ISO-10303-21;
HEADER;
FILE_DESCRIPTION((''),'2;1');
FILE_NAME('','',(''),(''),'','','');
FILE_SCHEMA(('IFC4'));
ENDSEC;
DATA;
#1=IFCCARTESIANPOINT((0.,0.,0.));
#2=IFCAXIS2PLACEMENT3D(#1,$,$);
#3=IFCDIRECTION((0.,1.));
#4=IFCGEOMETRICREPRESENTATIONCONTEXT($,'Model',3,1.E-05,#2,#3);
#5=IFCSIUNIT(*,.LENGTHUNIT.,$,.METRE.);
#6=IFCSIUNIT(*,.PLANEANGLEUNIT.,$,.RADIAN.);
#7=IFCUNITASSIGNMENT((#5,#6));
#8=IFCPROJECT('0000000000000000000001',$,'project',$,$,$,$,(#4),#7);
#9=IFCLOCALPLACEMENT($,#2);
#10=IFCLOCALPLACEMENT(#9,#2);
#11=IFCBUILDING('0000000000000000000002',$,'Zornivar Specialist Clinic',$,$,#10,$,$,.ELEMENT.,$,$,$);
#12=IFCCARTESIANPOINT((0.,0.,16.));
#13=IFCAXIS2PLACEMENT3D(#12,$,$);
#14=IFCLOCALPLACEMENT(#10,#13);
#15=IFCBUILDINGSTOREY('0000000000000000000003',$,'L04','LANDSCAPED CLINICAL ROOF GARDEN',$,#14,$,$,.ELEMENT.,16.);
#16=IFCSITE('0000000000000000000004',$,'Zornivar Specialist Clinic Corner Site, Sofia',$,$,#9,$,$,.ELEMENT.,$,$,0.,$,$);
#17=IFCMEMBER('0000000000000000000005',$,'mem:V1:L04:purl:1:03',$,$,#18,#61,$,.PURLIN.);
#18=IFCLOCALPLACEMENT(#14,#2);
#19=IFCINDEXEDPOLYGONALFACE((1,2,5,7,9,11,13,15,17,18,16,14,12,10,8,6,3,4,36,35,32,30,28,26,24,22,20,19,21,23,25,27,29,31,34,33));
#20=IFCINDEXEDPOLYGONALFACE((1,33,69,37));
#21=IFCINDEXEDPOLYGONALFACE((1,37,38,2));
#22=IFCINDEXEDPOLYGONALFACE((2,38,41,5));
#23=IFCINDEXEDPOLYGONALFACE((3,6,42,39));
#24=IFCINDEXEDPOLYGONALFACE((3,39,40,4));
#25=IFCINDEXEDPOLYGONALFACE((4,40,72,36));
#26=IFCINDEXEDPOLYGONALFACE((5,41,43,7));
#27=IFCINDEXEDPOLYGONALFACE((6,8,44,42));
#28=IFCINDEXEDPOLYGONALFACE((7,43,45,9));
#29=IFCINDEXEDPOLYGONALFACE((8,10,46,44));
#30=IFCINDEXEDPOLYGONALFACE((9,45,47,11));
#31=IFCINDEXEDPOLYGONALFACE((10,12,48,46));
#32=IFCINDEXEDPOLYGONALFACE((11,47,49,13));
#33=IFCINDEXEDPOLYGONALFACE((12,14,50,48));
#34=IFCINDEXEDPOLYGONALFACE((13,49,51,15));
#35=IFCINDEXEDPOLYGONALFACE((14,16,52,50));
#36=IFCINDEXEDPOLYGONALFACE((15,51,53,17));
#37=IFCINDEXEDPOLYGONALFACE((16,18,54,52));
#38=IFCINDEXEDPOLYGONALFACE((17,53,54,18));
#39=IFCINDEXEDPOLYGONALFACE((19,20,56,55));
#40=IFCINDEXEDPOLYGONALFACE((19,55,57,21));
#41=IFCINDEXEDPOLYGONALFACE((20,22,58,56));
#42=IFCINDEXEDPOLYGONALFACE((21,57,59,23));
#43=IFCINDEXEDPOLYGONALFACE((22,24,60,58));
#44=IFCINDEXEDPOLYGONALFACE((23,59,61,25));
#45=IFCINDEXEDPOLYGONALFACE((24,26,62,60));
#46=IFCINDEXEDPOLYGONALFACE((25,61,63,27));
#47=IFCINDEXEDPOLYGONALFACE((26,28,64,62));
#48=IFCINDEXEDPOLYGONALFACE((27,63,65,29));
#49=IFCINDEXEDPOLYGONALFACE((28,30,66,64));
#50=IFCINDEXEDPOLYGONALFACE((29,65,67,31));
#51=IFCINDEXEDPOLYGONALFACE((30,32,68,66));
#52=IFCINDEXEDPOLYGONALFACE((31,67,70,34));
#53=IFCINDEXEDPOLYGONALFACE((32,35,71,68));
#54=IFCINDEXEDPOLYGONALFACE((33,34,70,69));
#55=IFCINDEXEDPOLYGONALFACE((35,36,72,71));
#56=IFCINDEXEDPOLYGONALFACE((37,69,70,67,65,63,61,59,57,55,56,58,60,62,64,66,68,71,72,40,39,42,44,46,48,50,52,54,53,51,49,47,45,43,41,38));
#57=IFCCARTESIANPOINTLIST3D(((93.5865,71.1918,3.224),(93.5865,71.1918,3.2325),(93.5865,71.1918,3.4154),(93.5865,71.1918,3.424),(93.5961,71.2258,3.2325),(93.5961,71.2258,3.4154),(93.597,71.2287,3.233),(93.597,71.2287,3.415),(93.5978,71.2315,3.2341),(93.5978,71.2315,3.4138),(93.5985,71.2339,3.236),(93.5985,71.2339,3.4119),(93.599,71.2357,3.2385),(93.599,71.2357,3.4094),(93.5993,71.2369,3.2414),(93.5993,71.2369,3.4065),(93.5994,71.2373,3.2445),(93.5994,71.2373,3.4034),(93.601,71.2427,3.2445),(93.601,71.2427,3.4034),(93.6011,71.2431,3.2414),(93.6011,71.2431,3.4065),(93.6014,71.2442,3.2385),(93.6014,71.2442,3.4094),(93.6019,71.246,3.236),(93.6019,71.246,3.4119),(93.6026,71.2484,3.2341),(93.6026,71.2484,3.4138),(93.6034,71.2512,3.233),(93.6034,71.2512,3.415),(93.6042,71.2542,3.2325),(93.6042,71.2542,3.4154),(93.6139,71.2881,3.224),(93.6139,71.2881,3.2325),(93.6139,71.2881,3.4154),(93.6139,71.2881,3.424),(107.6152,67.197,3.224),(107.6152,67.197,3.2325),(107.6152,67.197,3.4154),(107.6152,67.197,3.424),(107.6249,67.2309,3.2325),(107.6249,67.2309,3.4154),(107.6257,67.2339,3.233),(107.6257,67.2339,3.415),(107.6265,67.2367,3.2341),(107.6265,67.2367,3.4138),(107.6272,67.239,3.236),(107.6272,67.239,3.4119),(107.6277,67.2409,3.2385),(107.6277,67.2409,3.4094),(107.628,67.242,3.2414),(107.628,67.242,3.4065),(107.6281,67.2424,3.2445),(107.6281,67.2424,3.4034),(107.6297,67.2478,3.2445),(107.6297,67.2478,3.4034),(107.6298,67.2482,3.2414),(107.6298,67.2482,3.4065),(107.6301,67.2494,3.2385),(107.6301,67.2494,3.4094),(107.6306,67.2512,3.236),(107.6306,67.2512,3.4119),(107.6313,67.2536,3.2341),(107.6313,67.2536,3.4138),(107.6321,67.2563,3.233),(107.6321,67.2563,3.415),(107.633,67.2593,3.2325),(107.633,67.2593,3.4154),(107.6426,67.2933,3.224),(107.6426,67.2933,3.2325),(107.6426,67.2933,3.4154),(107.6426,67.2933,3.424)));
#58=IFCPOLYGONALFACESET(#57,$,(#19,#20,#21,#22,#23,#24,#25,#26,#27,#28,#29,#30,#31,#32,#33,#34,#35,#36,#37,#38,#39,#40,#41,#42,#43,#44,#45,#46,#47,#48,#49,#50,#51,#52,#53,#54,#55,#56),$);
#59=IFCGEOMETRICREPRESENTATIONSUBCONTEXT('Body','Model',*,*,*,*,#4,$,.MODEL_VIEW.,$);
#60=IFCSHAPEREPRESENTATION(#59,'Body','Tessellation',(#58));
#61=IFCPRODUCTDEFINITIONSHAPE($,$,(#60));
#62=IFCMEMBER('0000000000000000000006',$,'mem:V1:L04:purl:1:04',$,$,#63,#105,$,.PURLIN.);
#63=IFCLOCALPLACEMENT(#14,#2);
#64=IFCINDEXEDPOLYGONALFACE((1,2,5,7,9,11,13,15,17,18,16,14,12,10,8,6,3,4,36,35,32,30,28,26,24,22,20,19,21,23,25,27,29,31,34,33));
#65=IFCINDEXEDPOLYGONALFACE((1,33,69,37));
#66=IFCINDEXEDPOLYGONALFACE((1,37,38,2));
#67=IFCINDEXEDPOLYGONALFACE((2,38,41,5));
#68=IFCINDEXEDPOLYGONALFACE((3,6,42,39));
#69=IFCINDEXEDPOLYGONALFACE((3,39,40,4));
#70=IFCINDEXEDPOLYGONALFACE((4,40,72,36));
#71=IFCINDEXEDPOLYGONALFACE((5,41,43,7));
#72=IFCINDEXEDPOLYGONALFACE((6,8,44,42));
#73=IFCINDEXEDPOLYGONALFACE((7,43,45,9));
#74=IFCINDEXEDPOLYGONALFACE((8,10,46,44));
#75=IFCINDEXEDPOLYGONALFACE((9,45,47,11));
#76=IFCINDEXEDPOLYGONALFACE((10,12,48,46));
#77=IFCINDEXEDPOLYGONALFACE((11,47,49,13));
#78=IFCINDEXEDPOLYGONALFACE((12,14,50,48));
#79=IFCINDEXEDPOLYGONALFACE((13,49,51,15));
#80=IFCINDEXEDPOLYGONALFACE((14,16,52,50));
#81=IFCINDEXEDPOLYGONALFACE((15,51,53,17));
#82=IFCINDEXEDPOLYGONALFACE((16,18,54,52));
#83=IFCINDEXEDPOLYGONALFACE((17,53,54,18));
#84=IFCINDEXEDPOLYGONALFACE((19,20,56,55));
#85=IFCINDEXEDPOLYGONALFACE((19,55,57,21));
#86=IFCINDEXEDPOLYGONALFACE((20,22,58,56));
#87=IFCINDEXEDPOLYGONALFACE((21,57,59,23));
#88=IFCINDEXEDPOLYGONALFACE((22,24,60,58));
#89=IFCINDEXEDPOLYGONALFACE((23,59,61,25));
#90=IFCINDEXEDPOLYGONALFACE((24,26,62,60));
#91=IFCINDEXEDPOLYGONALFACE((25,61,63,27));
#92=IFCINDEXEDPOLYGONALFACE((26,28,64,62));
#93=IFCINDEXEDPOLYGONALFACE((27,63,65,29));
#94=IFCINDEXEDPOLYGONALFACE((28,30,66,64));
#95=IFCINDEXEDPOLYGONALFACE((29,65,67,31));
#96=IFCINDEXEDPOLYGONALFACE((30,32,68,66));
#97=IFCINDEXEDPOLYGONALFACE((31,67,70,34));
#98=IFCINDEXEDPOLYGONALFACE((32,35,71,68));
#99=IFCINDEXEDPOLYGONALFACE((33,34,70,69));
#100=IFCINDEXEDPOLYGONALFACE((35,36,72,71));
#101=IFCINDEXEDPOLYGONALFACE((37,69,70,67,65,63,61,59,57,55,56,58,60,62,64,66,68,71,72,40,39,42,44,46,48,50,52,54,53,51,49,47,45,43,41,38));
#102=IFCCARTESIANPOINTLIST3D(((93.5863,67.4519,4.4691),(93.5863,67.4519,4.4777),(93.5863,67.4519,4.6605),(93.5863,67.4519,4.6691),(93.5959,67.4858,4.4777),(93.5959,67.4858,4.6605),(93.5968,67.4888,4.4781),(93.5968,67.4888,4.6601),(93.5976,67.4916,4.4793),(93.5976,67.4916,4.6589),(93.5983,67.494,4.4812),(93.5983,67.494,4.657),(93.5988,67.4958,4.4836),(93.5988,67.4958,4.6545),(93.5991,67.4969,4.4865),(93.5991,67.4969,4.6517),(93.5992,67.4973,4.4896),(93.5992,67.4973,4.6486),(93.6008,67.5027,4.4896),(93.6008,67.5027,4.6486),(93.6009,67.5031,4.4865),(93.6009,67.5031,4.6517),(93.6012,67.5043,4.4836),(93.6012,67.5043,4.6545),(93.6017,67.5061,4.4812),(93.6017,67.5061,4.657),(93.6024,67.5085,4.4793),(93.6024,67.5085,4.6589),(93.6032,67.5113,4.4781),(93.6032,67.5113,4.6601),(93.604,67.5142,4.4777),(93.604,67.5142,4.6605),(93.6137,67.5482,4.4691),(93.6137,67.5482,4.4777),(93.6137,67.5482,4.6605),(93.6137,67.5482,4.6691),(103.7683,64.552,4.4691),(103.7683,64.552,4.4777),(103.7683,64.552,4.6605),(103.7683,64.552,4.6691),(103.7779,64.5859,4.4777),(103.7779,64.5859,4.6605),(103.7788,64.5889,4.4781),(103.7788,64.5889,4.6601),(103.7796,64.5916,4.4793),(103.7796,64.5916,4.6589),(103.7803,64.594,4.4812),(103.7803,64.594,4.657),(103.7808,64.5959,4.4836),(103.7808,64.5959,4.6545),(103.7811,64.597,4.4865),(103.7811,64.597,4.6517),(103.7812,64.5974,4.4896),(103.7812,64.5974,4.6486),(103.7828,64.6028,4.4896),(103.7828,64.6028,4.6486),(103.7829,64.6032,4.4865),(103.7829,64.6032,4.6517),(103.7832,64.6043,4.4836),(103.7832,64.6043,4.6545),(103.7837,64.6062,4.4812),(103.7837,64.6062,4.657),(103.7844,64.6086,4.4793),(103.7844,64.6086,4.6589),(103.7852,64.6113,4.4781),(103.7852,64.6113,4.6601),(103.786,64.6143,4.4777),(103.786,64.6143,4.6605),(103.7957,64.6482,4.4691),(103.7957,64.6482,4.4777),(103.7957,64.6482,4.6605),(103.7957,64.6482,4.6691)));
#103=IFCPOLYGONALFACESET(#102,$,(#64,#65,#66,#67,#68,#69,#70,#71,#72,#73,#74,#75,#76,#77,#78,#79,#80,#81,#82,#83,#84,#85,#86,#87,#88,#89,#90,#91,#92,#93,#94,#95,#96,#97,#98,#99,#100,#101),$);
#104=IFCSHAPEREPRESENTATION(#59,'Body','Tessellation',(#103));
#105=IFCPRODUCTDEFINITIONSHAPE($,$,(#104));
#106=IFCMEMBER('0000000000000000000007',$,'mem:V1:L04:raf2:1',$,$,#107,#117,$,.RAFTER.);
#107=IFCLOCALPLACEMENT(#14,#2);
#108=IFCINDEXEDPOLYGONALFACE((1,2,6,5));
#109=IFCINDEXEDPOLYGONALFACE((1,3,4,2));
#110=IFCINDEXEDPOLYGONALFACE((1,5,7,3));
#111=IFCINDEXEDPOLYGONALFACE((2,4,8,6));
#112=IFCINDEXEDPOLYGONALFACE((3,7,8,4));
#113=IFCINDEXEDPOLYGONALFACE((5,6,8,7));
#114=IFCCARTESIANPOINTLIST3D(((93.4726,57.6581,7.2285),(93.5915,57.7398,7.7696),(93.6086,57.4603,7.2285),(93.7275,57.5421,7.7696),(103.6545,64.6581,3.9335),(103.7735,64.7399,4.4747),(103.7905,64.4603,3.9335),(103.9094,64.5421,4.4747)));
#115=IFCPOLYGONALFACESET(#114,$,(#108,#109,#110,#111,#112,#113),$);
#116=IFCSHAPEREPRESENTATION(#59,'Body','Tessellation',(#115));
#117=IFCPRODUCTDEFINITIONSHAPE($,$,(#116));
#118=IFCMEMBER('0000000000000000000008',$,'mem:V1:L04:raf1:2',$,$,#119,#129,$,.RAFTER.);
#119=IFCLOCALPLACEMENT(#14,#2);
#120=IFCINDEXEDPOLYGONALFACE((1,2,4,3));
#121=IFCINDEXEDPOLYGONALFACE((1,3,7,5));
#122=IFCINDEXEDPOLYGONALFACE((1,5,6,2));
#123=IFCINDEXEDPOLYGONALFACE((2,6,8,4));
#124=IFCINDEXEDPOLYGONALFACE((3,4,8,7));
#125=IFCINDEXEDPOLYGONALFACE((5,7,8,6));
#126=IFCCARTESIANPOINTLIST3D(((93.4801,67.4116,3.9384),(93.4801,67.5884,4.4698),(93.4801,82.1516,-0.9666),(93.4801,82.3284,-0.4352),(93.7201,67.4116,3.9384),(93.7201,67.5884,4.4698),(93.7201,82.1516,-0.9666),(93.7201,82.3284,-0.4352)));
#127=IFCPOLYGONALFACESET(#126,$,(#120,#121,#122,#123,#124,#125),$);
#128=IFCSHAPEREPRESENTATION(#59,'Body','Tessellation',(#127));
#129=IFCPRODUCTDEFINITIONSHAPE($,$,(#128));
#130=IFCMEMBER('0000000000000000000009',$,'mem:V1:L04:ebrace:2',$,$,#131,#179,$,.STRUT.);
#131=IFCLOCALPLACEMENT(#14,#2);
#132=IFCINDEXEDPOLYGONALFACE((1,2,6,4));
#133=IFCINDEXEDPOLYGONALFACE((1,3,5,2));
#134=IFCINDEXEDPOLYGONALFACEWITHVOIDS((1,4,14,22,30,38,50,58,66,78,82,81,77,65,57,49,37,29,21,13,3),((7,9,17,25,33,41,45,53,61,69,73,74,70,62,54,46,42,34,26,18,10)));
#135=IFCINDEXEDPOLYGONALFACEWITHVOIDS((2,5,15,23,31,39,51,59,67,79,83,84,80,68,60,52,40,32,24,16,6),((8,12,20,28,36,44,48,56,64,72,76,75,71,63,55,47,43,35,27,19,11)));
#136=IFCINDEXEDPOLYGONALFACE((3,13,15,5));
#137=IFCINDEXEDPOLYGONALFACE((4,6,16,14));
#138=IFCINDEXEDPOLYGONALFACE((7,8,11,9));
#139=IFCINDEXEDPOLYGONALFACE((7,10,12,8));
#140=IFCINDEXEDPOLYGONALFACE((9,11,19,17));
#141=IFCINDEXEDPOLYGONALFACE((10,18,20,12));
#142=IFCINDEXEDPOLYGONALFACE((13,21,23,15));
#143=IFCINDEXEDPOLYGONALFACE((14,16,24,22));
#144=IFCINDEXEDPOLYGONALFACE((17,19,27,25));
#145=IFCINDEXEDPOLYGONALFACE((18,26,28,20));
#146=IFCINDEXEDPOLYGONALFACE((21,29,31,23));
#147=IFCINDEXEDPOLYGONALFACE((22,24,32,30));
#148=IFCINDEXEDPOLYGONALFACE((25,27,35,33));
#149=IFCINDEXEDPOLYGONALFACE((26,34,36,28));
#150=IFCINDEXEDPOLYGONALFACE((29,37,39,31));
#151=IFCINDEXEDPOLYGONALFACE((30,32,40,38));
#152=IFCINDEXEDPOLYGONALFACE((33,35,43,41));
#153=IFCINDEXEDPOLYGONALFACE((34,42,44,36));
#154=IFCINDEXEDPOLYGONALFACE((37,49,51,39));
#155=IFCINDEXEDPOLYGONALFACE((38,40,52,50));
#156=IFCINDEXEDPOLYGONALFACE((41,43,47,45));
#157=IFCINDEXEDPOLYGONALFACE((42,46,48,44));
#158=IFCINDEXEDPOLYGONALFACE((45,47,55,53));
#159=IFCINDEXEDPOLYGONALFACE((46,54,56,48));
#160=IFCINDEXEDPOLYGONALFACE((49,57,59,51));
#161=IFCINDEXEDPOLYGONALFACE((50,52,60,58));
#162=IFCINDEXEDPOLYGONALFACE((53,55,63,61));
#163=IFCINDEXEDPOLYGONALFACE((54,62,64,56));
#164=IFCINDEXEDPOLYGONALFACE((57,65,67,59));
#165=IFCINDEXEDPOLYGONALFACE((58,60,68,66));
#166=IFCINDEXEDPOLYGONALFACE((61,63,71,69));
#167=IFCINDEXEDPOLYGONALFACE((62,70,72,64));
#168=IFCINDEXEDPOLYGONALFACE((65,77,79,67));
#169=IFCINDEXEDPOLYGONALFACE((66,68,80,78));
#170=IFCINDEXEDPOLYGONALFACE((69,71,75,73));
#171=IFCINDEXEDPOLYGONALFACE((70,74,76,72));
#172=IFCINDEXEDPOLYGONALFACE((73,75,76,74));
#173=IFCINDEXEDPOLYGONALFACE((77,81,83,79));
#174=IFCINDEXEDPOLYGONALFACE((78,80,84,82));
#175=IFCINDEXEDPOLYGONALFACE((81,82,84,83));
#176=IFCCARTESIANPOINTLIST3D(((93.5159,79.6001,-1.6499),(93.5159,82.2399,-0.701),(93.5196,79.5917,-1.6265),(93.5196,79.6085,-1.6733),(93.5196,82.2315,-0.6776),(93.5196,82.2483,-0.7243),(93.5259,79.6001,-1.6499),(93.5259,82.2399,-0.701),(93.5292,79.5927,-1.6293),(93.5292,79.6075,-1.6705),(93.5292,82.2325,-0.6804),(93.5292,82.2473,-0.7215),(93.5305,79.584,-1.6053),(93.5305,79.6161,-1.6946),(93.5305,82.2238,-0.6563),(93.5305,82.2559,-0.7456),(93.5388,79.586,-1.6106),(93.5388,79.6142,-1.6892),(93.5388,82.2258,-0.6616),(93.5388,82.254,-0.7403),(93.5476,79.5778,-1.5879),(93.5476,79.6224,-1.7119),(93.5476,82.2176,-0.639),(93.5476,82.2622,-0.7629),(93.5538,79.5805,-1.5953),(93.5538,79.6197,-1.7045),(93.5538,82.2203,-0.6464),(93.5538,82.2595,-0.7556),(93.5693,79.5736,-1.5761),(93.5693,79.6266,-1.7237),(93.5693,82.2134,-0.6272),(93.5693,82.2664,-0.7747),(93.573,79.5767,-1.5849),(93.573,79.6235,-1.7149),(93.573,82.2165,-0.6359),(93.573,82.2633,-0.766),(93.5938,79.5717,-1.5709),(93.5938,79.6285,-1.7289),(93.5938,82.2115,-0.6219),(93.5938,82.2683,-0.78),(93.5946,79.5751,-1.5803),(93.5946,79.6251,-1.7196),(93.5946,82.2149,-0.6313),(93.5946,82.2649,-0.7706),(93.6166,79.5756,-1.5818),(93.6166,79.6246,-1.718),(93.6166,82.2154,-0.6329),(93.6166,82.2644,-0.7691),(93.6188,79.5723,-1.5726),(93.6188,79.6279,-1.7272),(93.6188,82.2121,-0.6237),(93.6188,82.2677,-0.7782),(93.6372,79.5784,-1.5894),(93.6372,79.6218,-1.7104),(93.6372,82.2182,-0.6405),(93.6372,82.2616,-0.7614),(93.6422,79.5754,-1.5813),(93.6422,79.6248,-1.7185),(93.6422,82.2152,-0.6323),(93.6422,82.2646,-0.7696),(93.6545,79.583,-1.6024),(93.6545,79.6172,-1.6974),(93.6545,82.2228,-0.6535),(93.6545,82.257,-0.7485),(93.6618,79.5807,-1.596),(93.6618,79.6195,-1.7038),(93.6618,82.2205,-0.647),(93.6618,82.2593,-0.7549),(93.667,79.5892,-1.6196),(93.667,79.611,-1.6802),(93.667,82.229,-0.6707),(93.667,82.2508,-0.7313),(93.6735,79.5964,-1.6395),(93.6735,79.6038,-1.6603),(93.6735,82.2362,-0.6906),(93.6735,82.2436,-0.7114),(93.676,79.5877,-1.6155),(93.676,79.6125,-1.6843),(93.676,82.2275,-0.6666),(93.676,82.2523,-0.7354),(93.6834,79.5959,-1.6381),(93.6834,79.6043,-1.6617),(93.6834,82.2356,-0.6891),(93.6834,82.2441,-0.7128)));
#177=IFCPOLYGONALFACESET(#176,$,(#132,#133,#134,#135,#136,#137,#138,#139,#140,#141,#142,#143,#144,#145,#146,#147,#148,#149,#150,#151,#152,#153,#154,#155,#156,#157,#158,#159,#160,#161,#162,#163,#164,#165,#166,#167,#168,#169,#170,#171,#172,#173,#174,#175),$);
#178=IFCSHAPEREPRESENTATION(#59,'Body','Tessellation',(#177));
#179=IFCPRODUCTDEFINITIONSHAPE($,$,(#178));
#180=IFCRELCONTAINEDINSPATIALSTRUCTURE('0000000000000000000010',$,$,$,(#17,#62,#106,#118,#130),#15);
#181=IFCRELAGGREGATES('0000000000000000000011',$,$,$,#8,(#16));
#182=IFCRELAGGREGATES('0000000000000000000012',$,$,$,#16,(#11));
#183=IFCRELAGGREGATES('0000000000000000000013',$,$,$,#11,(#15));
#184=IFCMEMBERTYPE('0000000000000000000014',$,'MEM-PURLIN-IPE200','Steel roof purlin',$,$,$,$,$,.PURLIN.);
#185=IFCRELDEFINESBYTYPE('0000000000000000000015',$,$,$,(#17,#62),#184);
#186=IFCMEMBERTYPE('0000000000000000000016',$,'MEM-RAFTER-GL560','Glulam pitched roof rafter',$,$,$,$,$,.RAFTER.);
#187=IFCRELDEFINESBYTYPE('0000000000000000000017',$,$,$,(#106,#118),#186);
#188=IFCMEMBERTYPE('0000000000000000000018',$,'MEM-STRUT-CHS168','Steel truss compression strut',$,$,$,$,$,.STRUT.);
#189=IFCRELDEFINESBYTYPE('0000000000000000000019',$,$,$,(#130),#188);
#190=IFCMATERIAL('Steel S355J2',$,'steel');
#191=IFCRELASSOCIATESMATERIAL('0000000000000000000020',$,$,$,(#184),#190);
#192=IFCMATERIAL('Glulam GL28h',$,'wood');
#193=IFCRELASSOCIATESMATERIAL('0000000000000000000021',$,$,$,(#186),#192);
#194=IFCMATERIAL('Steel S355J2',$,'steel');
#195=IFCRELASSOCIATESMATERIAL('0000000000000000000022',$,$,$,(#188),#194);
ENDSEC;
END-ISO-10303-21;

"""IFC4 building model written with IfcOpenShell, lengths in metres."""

from ifc_helpers import new_model, si_unit, direction, frame, origin, origin_2d, place, context, subcontext, project, spatial, rectangle, hollow_circle, i_section, extrude, material, material_profile, profile_set, type_object, element, save


model = new_model("IFC4")

# Units and contexts
model_context = context("Model", 3, precision=1e-05, world=origin(), true_north=direction((0.0, 1.0)))
body_context = subcontext(model_context, "Body", "Model", "MODEL_VIEW")
ifc_project = project(units=[si_unit("LENGTHUNIT", "METRE"), si_unit("PLANEANGLEUNIT", "RADIAN")], contexts=[model_context])

# Site, building, storey
site_placement = place(None, origin())
site = spatial("IfcSite", under=ifc_project, at=site_placement, Name="Zornivar Specialist Clinic Corner Site, Sofia", CompositionType="ELEMENT", RefElevation=0.0)
building_placement = place(site_placement, origin())
building = spatial("IfcBuilding", under=site, at=building_placement, Name="Zornivar Specialist Clinic", CompositionType="ELEMENT")
storey_placement = place(building_placement, frame((0.0, 0.0, 16.0)))
storey = spatial("IfcBuildingStorey", under=building, at=storey_placement, Name="L04", Description="LANDSCAPED CLINICAL ROOF GARDEN", CompositionType="ELEMENT", Elevation=16.0)

# Members
ifc_material_1 = material(Name="Steel S355J2", Category="steel")
ifc_material_profile_1 = material_profile(ifc_material_1, i_section(OverallWidth=0.1001, OverallDepth=0.2, WebThickness=0.0056, FlangeThickness=0.0085, FilletRadius=0.012, at=origin_2d()), Name="IPE 200")
ifc_profile_set_1 = profile_set([ifc_material_profile_1], Name="Steel S355J2")
member_type_1 = type_object("IfcMemberType", Name="MEM-PURLIN-IPE200", Description="Steel roof purlin", PredefinedType="PURLIN", material=ifc_profile_set_1)
member_1_placement = place(storey_placement, frame((107.6289, 67.2451, 3.324), z_axis=(-0.961765, 0.273874, 0.0), x_axis=(-0.273874, -0.961765, 0.0)))
element("IfcMember", 1, at=member_1_placement, inside=storey, type_object=member_type_1, Name="mem:V1:L04:purl:1:03", PredefinedType="PURLIN", context=body_context, shape_type="SweptSolid", body=[
    extrude(i_section(OverallWidth=0.1001, OverallDepth=0.2, WebThickness=0.0056, FlangeThickness=0.0085, FilletRadius=0.012, at=origin_2d()), origin(), (0.0, 0.0, 1.0), 14.5864),
])
member_2_placement = place(storey_placement, frame((103.782, 64.6001, 4.5691), z_axis=(-0.961753, 0.273917, 0.0), x_axis=(-0.273917, -0.961753, 0.0)))
element("IfcMember", 2, at=member_2_placement, inside=storey, type_object=member_type_1, Name="mem:V1:L04:purl:1:04", PredefinedType="PURLIN", context=body_context, shape_type="SweptSolid", body=[
    extrude(i_section(OverallWidth=0.1001, OverallDepth=0.2, WebThickness=0.0056, FlangeThickness=0.0085, FilletRadius=0.012, at=origin_2d()), origin(), (0.0, 0.0, 1.0), 10.5869),
])
ifc_material_2 = material(Name="Glulam GL28h", Category="wood")
ifc_material_profile_2 = material_profile(ifc_material_2, rectangle(XDim=0.24, YDim=0.5601, at=origin_2d()), Name="GL28h 240x560")
ifc_profile_set_2 = profile_set([ifc_material_profile_2], Name="Glulam GL28h")
member_type_2 = type_object("IfcMemberType", Name="MEM-RAFTER-GL560", Description="Glulam pitched roof rafter", PredefinedType="RAFTER", material=ifc_profile_set_2)
member_3_placement = place(storey_placement, frame((103.782, 64.6001, 4.2041), z_axis=(-0.79622, -0.547398, 0.257662), x_axis=(0.566526, -0.824044, 0.0)))
element("IfcMember", 3, at=member_3_placement, inside=storey, type_object=member_type_2, Name="mem:V1:L04:raf2:1", PredefinedType="RAFTER", context=body_context, shape_type="SweptSolid", body=[
    extrude(rectangle(XDim=0.24, YDim=0.5601, at=origin_2d()), origin(), (0.0, 0.0, 1.0), 12.7878),
])
member_4_placement = place(storey_placement, frame((93.6001, 82.24, -0.7009), z_axis=(0.0, -0.948843, 0.315747), x_axis=(1.0, 0.0, 0.0)))
element("IfcMember", 4, at=member_4_placement, inside=storey, type_object=member_type_2, Name="mem:V1:L04:raf1:2", PredefinedType="RAFTER", context=body_context, shape_type="SweptSolid", body=[
    extrude(rectangle(XDim=0.24, YDim=0.5601, at=origin_2d()), origin(), (0.0, 0.0, 1.0), 15.5347),
])
ifc_material_3 = material(Name="Steel S355J2", Category="steel")
ifc_material_profile_3 = material_profile(ifc_material_3, hollow_circle(Radius=0.0842, WallThickness=0.01, at=origin_2d()), Name="CHS 168.3x10")
ifc_profile_set_3 = profile_set([ifc_material_profile_3], Name="Steel S355J2")
member_type_3 = type_object("IfcMemberType", Name="MEM-STRUT-CHS168", Description="Steel truss compression strut", PredefinedType="STRUT", material=ifc_profile_set_3)
member_5_placement = place(storey_placement, frame((93.6001, 79.6001, -1.6499), z_axis=(0.0, 0.941045, 0.338282), x_axis=(-1.0, 0.0, 0.0)))
element("IfcMember", 5, at=member_5_placement, inside=storey, type_object=member_type_3, Name="mem:V1:L04:ebrace:2", PredefinedType="STRUT", context=body_context, shape_type="SweptSolid", body=[
    extrude(hollow_circle(Radius=0.0842, WallThickness=0.01, at=origin_2d()), origin(), (0.0, 0.0, 1.0), 2.8052),
])

save(model, "model.ifc")
